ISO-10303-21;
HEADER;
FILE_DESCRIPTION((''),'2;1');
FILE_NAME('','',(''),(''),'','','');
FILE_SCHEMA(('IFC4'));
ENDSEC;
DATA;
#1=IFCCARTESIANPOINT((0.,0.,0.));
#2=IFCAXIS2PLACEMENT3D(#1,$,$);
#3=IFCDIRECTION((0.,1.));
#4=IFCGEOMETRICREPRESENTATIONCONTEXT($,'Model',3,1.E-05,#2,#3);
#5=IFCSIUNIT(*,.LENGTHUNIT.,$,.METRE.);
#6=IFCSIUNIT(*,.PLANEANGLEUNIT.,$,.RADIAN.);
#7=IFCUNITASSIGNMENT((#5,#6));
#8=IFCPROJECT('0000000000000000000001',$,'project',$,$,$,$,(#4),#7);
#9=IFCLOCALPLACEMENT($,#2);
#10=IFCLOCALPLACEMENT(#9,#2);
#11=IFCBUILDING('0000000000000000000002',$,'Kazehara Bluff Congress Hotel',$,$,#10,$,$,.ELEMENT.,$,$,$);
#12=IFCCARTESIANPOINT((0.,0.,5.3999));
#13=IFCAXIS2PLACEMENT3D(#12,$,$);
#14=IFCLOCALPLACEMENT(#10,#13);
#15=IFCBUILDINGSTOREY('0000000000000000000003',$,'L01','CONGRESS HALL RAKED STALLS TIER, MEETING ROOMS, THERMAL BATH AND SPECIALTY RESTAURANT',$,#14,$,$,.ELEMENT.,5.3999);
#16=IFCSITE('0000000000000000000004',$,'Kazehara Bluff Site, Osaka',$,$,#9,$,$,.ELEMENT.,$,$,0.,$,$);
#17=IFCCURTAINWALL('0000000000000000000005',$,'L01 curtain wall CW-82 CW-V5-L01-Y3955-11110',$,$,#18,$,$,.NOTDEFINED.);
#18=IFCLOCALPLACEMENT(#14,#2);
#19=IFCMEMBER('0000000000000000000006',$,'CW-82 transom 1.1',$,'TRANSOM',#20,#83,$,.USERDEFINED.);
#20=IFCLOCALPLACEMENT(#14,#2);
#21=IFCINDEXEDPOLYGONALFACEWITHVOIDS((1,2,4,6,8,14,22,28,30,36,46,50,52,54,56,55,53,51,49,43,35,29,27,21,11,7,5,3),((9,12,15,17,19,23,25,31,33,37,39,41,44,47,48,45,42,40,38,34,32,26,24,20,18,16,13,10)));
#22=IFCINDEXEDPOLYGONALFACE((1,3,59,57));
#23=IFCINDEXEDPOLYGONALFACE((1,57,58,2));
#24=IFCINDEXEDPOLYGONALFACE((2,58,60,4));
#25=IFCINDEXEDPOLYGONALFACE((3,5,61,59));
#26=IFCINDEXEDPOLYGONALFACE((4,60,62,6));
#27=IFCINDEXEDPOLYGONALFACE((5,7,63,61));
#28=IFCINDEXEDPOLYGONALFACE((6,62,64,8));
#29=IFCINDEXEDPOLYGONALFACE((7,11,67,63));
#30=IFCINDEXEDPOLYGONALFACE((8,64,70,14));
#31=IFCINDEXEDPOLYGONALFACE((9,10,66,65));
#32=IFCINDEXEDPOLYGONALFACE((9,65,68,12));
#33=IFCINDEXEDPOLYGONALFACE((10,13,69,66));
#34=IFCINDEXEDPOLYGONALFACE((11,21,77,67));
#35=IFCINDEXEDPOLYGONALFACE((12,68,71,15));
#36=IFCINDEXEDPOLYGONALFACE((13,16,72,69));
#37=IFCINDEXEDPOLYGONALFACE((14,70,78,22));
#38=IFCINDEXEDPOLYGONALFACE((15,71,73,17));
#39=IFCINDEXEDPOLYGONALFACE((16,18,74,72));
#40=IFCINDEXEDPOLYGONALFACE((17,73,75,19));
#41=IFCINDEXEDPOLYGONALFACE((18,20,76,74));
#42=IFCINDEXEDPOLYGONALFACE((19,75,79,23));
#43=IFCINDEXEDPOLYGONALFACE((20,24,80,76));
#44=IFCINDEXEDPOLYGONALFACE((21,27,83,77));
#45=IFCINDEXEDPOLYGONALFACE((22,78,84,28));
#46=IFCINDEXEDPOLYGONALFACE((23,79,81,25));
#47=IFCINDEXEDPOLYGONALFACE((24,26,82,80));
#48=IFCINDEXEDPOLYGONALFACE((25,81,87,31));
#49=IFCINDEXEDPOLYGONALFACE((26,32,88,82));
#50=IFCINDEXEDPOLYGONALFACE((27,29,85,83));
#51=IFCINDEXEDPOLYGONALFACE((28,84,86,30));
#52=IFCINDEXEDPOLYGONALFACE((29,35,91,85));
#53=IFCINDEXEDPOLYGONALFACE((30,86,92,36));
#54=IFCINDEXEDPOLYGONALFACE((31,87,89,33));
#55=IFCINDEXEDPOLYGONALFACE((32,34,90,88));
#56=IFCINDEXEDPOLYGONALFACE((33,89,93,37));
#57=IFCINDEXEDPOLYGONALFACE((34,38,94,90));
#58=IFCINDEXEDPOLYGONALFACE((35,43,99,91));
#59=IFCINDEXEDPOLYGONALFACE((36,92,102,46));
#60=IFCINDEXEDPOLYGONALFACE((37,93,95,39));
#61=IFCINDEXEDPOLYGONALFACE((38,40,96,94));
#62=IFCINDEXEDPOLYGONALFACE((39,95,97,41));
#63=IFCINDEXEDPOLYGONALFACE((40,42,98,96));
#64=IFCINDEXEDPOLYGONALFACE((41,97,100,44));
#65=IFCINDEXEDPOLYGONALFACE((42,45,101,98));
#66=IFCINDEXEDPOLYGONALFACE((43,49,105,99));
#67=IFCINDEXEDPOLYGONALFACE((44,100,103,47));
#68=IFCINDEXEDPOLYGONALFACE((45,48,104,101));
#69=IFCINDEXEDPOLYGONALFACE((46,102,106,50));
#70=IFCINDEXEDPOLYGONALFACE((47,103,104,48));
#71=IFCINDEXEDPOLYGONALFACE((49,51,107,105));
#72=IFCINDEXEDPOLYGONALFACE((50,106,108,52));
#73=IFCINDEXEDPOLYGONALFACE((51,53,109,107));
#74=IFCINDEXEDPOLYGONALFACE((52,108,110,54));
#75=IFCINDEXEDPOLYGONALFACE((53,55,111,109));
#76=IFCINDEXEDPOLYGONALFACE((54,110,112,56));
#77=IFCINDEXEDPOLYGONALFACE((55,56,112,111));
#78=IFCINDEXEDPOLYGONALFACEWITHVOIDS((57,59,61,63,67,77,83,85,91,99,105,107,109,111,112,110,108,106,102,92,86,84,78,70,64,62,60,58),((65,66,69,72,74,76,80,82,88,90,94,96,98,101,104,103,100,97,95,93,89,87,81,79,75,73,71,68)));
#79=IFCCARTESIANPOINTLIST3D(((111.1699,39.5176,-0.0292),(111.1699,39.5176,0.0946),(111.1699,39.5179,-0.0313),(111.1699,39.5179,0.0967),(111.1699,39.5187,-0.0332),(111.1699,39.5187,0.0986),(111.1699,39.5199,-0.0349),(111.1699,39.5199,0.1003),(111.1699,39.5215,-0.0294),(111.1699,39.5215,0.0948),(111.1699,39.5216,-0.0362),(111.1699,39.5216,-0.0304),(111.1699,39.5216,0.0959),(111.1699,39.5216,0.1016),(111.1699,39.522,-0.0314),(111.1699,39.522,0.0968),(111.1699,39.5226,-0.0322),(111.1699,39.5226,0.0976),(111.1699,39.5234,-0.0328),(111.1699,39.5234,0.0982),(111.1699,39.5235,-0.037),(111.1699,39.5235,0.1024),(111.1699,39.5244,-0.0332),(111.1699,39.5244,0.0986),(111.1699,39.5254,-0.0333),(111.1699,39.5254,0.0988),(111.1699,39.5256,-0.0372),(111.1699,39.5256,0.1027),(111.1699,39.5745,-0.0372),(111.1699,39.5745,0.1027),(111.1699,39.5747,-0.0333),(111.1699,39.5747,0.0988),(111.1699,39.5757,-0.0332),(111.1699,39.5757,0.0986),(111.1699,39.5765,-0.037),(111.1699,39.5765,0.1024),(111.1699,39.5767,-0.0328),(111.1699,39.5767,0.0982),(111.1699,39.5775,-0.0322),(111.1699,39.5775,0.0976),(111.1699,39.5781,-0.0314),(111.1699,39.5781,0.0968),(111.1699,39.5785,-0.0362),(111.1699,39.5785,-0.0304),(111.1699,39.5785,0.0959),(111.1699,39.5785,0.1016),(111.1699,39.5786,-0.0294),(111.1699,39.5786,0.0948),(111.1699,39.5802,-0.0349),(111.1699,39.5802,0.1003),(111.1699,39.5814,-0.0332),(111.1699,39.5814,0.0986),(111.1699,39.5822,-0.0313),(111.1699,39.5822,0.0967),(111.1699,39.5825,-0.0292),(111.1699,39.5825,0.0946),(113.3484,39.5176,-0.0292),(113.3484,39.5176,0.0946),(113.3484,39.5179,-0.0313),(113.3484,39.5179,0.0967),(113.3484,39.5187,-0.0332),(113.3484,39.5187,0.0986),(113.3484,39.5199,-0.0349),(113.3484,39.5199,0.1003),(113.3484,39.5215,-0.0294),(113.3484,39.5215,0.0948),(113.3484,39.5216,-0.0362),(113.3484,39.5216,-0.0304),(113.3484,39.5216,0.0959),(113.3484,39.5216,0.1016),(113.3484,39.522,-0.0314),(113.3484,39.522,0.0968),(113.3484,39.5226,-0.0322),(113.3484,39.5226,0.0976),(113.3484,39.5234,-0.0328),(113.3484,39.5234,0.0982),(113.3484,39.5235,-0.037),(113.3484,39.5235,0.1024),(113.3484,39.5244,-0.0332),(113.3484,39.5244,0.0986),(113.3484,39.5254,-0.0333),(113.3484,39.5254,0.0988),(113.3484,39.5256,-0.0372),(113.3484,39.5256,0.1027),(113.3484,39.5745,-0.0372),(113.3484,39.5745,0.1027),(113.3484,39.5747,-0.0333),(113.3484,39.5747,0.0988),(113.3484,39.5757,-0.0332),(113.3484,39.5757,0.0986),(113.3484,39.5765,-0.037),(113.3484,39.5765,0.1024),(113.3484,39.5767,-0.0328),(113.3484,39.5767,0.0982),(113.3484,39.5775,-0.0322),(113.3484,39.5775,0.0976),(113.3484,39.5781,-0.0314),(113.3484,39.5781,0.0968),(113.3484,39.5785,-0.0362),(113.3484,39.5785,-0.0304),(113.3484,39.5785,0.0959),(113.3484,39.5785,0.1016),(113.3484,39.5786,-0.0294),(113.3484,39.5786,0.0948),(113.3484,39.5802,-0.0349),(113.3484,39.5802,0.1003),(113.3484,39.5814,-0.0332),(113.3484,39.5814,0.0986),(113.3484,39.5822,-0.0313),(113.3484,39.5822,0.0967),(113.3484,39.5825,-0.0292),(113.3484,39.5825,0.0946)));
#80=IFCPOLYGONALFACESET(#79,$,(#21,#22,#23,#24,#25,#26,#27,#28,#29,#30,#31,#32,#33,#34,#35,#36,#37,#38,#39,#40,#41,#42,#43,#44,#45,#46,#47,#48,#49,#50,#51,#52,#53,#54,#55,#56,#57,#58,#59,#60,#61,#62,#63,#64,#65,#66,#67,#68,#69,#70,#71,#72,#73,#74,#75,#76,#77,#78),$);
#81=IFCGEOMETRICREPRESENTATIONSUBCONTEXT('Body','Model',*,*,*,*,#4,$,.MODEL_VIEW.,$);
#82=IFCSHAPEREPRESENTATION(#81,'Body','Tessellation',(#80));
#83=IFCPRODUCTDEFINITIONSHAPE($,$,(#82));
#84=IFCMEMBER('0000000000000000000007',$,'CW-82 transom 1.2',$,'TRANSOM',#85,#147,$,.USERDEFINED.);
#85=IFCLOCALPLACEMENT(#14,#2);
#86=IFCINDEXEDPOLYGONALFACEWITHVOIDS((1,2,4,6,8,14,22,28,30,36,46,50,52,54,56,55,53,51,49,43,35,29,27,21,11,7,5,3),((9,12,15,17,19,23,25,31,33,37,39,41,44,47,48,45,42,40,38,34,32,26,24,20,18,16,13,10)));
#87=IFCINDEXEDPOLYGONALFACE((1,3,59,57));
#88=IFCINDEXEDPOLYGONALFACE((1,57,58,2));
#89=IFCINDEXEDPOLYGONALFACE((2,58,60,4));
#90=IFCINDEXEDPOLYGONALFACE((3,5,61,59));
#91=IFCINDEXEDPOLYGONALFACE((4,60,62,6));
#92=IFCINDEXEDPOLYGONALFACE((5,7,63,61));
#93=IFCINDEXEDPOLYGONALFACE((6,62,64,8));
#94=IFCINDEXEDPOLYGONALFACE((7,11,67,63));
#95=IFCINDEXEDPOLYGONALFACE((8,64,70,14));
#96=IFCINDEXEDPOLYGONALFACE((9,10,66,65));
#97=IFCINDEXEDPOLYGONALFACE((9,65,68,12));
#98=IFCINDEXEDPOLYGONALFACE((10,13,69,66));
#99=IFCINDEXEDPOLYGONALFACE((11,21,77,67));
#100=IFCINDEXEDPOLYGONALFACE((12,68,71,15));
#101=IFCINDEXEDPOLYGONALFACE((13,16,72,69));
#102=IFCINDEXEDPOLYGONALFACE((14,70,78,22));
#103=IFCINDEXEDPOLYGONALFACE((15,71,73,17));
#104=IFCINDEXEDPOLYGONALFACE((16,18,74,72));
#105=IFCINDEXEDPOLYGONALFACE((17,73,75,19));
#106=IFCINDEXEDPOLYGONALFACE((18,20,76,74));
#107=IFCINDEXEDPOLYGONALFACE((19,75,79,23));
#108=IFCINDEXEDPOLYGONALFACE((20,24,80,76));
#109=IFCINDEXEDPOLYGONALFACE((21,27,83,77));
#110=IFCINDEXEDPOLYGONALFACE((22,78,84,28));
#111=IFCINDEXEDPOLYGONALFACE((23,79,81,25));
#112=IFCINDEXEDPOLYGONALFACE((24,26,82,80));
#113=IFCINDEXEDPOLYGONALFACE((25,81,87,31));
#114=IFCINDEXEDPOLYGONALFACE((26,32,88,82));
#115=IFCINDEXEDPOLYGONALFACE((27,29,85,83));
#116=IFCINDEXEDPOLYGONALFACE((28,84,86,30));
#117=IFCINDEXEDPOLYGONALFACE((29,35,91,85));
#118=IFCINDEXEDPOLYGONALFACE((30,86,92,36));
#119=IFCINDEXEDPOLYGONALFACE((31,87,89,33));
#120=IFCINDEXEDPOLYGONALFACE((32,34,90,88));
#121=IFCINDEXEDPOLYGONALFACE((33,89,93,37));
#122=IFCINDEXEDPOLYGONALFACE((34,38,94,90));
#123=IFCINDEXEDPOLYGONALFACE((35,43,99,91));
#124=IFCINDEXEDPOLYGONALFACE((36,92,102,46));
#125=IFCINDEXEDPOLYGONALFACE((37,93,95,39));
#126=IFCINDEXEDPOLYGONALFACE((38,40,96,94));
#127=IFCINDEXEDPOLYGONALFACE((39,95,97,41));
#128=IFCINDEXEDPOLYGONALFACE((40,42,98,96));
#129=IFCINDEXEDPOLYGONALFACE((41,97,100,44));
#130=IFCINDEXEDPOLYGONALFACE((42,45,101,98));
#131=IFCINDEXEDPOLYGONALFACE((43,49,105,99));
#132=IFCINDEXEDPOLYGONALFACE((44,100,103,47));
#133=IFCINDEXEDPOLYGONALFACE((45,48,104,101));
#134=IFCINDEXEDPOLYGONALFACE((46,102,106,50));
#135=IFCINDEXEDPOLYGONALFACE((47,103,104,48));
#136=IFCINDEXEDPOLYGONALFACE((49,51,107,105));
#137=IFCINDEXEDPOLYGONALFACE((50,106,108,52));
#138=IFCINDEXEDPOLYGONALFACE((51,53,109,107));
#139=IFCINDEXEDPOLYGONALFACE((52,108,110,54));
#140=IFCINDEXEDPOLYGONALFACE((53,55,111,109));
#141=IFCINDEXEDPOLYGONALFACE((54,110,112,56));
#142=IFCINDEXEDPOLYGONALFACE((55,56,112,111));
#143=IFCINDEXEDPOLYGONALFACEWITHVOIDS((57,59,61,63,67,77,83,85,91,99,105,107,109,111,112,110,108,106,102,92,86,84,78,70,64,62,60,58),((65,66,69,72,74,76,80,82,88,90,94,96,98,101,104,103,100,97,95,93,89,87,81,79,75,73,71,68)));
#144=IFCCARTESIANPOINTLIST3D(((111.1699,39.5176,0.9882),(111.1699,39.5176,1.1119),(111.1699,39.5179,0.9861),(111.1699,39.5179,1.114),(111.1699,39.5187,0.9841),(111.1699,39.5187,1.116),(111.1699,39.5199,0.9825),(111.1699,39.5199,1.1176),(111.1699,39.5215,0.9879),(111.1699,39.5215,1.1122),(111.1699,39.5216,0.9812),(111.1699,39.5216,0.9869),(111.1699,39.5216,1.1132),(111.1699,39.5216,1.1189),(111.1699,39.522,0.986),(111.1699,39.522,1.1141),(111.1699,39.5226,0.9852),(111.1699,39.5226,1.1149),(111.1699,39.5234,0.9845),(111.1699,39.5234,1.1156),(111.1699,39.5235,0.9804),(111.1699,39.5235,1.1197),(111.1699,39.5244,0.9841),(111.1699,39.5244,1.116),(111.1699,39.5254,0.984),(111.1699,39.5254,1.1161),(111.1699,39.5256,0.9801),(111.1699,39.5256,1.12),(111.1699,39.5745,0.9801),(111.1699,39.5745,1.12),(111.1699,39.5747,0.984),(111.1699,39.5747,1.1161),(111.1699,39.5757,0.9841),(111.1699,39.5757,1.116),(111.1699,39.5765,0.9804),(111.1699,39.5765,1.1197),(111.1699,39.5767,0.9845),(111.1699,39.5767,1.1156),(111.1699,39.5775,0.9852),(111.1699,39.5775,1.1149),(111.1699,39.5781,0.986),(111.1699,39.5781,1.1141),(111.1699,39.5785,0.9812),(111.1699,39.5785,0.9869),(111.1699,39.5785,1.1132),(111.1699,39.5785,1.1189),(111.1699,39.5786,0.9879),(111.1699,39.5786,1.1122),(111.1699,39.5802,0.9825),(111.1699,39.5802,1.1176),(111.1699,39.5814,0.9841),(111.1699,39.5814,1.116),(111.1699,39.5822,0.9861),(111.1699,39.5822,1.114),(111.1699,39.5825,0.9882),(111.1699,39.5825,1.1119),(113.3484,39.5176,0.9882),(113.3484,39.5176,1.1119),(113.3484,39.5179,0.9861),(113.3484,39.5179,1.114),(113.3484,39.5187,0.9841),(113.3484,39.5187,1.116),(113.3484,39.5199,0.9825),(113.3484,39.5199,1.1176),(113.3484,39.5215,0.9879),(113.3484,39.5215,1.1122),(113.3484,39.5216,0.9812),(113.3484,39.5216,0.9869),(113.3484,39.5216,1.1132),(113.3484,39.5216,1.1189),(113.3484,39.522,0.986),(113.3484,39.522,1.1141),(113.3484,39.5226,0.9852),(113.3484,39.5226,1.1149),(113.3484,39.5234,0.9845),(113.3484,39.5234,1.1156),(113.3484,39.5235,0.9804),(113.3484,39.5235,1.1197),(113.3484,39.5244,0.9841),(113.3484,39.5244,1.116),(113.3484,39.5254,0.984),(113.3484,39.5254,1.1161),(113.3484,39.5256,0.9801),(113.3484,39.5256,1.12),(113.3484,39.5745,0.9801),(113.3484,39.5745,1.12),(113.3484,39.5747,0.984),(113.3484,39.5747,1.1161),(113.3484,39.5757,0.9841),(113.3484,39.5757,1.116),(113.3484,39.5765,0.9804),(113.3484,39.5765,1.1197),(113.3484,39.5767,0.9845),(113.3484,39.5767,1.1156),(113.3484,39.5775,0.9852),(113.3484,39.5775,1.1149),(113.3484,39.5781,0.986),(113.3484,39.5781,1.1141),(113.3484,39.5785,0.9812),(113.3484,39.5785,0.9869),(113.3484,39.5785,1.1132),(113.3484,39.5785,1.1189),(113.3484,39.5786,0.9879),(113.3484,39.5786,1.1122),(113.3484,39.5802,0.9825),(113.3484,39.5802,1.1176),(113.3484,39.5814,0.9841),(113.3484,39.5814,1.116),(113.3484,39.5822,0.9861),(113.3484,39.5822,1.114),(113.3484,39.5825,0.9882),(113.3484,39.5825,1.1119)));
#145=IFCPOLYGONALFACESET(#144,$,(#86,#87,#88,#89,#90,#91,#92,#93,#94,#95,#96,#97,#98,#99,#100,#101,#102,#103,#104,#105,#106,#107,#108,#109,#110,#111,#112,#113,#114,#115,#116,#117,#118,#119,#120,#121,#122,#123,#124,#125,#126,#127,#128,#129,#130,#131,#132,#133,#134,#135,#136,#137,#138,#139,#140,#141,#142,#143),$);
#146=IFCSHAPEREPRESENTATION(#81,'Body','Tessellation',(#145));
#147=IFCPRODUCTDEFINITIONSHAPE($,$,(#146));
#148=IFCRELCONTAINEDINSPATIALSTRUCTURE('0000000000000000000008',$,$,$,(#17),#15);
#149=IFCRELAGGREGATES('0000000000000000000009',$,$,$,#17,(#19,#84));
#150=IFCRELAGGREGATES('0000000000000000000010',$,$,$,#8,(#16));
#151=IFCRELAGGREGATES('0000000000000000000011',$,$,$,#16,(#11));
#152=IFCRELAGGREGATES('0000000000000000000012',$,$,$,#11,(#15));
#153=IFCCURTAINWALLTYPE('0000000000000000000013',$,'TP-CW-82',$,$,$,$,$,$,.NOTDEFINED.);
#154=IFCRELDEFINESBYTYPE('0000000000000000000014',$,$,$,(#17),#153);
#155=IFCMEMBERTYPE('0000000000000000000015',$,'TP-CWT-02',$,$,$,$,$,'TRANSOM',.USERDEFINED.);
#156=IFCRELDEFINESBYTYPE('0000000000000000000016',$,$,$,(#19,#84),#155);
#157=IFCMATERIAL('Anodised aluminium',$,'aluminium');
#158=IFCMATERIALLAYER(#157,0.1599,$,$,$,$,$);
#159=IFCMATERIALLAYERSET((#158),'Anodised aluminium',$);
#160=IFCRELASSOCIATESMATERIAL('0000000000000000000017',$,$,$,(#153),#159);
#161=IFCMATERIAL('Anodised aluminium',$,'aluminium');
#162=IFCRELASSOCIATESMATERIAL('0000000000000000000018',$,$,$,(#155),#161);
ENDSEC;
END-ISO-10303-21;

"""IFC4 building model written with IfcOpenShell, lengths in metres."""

from ifc_helpers import new_model, si_unit, direction, frame, origin, origin_2d, place, context, subcontext, project, spatial, hollow_rectangle, extrude, material, layer, layer_set, material_profile, profile_set, type_object, element, aggregate, save


model = new_model("IFC4")

# Units and contexts
model_context = context("Model", 3, precision=1e-05, world=origin(), true_north=direction((0.0, 1.0)))
body_context = subcontext(model_context, "Body", "Model", "MODEL_VIEW")
ifc_project = project(units=[si_unit("LENGTHUNIT", "METRE"), si_unit("PLANEANGLEUNIT", "RADIAN")], contexts=[model_context])

# Site, building, storey
site_placement = place(None, origin())
site = spatial("IfcSite", under=ifc_project, at=site_placement, Name="Kazehara Bluff Site, Osaka", CompositionType="ELEMENT", RefElevation=0.0)
building_placement = place(site_placement, origin())
building = spatial("IfcBuilding", under=site, at=building_placement, Name="Kazehara Bluff Congress Hotel", CompositionType="ELEMENT")
storey_placement = place(building_placement, frame((0.0, 0.0, 5.3999)))
storey = spatial("IfcBuildingStorey", under=building, at=storey_placement, Name="L01", Description="CONGRESS HALL RAKED STALLS TIER, MEETING ROOMS, THERMAL BATH AND SPECIALTY RESTAURANT", CompositionType="ELEMENT", Elevation=5.3999)

# Curtain wall, members
ifc_material_1 = material(Name="Anodised aluminium", Category="aluminium")
ifc_layer_1 = layer(ifc_material_1, 0.1599)
ifc_layer_set_1 = layer_set([ifc_layer_1], Name="Anodised aluminium")
curtain_wall_type = type_object("IfcCurtainWallType", Name="TP-CW-82", PredefinedType="NOTDEFINED", material=ifc_layer_set_1)
curtain_wall_placement = place(storey_placement, origin())
curtain_wall = element("IfcCurtainWall", 1, at=curtain_wall_placement, inside=storey, type_object=curtain_wall_type, Name="L01 curtain wall CW-82 CW-V5-L01-Y3955-11110", PredefinedType="NOTDEFINED")
ifc_material_2 = material(Name="Anodised aluminium", Category="aluminium")
ifc_material_profile_1 = material_profile(ifc_material_2, hollow_rectangle(XDim=0.0649, YDim=0.1399, WallThickness=0.0039, InnerFilletRadius=0.0039, OuterFilletRadius=0.0081, at=origin_2d()))
ifc_profile_set_1 = profile_set([ifc_material_profile_1], Name="Anodised aluminium")
member_type_1 = type_object("IfcMemberType", Name="TP-CWT-02", ElementType="TRANSOM", PredefinedType="USERDEFINED", material=ifc_profile_set_1)
member_1_placement = place(storey_placement, frame((111.1699, 39.55, 0.0327), z_axis=(1.0, 0.0, 0.0), x_axis=(0.0, 1.0, 0.0)))
member_1 = element("IfcMember", 2, at=member_1_placement, type_object=member_type_1, Name="CW-82 transom 1.1", ObjectType="TRANSOM", PredefinedType="USERDEFINED", context=body_context, shape_type="SweptSolid", body=[
    extrude(hollow_rectangle(XDim=0.0649, YDim=0.1399, WallThickness=0.0039, InnerFilletRadius=0.0039, OuterFilletRadius=0.0081, at=origin_2d()), origin(), (0.0, 0.0, 1.0), 2.1785),
])
member_2_placement = place(storey_placement, frame((111.1699, 39.55, 1.05), z_axis=(1.0, 0.0, 0.0), x_axis=(0.0, 1.0, 0.0)))
member_2 = element("IfcMember", 3, at=member_2_placement, type_object=member_type_1, Name="CW-82 transom 1.2", ObjectType="TRANSOM", PredefinedType="USERDEFINED", context=body_context, shape_type="SweptSolid", body=[
    extrude(hollow_rectangle(XDim=0.0649, YDim=0.1399, WallThickness=0.0039, InnerFilletRadius=0.0039, OuterFilletRadius=0.0081, at=origin_2d()), origin(), (0.0, 0.0, 1.0), 2.1785),
])

aggregate(curtain_wall, [member_1, member_2])

save(model, "model.ifc")
